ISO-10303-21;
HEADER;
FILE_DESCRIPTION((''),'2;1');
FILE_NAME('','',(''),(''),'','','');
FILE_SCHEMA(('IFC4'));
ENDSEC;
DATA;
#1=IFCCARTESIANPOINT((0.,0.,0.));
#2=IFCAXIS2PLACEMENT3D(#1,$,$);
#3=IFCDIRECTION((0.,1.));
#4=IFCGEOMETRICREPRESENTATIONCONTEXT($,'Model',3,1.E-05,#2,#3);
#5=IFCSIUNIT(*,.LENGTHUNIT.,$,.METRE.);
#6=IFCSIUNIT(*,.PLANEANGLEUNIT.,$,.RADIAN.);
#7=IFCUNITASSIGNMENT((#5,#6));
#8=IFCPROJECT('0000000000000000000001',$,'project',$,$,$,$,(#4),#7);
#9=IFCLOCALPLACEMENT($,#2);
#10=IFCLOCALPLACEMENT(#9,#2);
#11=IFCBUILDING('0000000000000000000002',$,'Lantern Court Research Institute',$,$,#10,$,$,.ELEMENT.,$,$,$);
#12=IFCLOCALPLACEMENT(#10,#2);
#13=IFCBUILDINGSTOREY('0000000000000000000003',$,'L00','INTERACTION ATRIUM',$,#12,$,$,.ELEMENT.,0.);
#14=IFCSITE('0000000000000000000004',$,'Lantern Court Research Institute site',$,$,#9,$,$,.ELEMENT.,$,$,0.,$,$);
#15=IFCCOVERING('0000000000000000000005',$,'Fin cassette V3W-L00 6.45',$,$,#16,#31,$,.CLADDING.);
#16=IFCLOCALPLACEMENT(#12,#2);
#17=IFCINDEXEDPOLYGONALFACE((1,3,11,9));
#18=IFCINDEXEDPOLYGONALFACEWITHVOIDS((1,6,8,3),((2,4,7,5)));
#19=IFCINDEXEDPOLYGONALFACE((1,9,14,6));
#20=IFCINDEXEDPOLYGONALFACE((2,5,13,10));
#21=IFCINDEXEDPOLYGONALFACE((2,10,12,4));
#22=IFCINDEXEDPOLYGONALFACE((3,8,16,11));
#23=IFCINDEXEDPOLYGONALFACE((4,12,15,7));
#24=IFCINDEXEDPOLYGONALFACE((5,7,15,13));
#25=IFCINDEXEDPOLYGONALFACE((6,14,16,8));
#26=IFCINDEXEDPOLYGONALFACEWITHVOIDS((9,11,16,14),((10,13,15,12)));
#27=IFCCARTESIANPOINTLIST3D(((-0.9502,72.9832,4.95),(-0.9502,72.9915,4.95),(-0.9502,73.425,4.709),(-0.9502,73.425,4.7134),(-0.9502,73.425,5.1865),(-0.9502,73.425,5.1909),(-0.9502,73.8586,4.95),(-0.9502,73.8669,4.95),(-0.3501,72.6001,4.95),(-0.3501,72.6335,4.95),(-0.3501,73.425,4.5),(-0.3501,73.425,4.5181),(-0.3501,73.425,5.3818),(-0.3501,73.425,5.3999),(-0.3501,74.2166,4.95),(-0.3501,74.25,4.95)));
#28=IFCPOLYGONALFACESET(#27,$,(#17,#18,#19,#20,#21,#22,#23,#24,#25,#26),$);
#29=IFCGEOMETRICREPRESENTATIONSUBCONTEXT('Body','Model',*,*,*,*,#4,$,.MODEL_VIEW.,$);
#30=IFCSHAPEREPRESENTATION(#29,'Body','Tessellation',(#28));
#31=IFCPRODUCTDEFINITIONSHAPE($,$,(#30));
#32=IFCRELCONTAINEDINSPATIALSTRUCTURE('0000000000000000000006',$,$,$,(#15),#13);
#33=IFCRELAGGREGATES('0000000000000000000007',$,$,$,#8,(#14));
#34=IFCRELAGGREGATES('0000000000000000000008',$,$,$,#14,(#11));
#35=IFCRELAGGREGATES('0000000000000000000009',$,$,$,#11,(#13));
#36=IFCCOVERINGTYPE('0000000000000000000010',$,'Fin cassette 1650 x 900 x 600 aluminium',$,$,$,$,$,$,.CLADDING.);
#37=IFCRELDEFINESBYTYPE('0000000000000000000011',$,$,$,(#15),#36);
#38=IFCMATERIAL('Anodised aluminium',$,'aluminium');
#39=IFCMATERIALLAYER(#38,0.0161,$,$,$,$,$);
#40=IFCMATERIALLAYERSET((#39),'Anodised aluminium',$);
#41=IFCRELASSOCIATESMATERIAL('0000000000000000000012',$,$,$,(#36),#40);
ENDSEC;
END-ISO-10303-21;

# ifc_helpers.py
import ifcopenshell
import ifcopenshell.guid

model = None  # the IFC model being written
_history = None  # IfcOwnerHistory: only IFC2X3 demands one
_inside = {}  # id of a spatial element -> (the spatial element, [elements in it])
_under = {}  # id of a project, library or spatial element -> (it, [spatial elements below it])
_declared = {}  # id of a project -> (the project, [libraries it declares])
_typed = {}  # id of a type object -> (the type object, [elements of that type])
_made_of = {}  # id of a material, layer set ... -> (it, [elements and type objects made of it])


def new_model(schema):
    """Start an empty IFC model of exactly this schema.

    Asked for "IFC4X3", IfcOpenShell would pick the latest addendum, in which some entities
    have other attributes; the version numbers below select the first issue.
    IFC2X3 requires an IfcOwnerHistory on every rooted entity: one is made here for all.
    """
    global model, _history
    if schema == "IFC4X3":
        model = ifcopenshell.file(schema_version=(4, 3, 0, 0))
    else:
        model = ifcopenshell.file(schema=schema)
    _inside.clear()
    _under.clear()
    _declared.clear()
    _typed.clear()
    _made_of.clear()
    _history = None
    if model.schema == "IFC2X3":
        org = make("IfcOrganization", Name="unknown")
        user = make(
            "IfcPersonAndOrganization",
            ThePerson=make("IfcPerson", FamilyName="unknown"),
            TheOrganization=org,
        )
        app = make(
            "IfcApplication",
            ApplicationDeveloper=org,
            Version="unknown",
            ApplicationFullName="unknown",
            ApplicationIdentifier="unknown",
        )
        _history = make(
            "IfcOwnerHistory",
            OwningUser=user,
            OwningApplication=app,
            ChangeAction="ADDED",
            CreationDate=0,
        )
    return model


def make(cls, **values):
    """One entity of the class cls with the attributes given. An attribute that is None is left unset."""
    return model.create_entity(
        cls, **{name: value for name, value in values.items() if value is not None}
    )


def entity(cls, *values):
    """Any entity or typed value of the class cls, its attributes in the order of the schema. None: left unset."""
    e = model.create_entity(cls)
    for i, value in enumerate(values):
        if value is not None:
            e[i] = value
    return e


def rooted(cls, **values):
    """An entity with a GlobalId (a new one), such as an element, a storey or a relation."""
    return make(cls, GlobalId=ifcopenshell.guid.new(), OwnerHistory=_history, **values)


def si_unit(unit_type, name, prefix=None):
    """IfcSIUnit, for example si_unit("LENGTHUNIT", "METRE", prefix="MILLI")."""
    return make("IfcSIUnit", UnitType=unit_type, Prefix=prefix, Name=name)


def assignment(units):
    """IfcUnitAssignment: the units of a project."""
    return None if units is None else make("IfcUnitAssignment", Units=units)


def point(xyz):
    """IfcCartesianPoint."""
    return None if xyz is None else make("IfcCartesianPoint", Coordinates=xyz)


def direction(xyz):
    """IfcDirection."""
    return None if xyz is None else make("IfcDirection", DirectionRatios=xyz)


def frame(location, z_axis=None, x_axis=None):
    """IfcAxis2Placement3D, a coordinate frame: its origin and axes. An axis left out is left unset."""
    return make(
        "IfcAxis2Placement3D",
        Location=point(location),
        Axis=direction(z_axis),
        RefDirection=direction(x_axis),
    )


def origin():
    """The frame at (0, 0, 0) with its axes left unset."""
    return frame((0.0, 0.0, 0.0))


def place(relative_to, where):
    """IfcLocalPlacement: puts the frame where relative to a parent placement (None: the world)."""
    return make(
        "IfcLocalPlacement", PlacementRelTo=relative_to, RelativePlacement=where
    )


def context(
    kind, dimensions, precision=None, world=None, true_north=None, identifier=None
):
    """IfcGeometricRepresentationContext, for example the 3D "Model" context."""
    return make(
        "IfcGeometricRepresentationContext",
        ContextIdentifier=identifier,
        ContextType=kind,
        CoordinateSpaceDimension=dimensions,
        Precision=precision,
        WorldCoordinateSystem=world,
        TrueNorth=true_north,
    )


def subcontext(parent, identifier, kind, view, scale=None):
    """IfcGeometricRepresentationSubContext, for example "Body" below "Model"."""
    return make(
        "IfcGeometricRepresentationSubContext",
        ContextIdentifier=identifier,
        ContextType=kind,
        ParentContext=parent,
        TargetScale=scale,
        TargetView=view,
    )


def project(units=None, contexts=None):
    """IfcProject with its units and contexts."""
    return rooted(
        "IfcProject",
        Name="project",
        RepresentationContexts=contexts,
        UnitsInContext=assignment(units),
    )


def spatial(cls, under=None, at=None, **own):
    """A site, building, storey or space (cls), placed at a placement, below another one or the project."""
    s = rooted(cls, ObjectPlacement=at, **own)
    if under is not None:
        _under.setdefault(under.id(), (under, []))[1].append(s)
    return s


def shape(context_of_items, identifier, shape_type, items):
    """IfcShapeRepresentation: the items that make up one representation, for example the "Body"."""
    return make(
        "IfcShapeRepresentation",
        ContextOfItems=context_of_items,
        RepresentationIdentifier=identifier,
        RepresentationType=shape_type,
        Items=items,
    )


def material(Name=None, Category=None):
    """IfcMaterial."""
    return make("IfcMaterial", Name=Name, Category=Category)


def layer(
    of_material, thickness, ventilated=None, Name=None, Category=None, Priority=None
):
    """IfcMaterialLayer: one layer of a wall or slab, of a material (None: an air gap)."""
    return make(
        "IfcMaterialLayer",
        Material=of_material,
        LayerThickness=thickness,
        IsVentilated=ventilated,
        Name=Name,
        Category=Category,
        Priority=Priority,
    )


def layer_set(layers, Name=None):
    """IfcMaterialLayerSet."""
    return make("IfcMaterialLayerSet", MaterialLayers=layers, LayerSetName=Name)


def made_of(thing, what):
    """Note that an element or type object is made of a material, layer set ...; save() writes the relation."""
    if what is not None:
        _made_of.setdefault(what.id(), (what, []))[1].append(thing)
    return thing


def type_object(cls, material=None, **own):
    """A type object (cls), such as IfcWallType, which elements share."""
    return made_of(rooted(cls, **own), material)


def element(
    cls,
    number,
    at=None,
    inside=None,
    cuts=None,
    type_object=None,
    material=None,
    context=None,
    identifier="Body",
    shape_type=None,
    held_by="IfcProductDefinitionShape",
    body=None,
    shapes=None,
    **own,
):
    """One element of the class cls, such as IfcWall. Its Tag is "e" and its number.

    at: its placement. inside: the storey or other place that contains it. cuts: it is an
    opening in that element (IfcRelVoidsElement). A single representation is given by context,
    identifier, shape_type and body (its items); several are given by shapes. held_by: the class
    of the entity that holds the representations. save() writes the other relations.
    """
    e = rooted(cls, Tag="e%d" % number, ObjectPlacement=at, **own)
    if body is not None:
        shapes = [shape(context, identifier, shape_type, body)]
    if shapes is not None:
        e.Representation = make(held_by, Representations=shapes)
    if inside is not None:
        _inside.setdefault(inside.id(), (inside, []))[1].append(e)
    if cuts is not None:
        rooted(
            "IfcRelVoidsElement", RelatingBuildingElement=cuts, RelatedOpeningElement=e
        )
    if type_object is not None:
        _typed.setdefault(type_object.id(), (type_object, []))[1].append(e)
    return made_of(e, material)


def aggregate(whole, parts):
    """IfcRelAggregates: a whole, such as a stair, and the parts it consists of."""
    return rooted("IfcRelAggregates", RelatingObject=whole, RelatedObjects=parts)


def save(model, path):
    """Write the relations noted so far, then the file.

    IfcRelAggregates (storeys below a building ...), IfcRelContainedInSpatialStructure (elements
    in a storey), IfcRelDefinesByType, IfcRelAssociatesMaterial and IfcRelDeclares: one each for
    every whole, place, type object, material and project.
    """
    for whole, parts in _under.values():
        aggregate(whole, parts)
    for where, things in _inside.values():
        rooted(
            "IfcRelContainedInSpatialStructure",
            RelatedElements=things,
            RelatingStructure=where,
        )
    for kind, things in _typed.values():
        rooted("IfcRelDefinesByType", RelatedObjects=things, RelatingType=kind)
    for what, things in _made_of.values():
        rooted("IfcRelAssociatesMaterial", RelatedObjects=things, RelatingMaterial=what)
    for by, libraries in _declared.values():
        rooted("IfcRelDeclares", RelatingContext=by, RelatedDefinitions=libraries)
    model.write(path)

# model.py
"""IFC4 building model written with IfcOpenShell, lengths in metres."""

from ifc_helpers import new_model, entity, si_unit, direction, frame, origin, place, context, subcontext, project, spatial, material, layer, layer_set, type_object, element, save


model = new_model("IFC4")

# Units and contexts
model_context = context("Model", 3, precision=1e-05, world=origin(), true_north=direction((0.0, 1.0)))
body_context = subcontext(model_context, "Body", "Model", "MODEL_VIEW")
ifc_project = project(units=[si_unit("LENGTHUNIT", "METRE"), si_unit("PLANEANGLEUNIT", "RADIAN")], contexts=[model_context])

# Site, building, storey
site_placement = place(None, origin())
site = spatial("IfcSite", under=ifc_project, at=site_placement, Name="Lantern Court Research Institute site", CompositionType="ELEMENT", RefElevation=0.0)
building_placement = place(site_placement, origin())
building = spatial("IfcBuilding", under=site, at=building_placement, Name="Lantern Court Research Institute", CompositionType="ELEMENT")
storey_placement = place(building_placement, origin())
storey = spatial("IfcBuildingStorey", under=building, at=storey_placement, Name="L00", Description="INTERACTION ATRIUM", CompositionType="ELEMENT", Elevation=0.0)

# Covering
ifc_material_1 = material(Name="Anodised aluminium", Category="aluminium")
ifc_layer_1 = layer(ifc_material_1, 0.0161)
ifc_layer_set_1 = layer_set([ifc_layer_1], Name="Anodised aluminium")
covering_type_1 = type_object("IfcCoveringType", Name="Fin cassette 1650 x 900 x 600 aluminium", PredefinedType="CLADDING", material=ifc_layer_set_1)
covering_1_placement = place(storey_placement, frame((-0.3501, 73.425, 4.95), z_axis=(-1.0, 0.0, 0.0), x_axis=(0.0, -1.0, 0.0)))
cartesian_point_1 = entity("IfcCartesianPoint", [0.825, 0.0])
cartesian_point_2 = entity("IfcCartesianPoint", [0.7915, 0.0])
cartesian_point_3 = entity("IfcCartesianPoint", [0.4419, 0.0])
cartesian_point_4 = entity("IfcCartesianPoint", [0.4336, 0.0])
element("IfcCovering", 1, at=covering_1_placement, inside=storey, type_object=covering_type_1, Name="Fin cassette V3W-L00 6.45", PredefinedType="CLADDING", context=body_context, shape_type="SweptSolid", body=[
    entity("IfcExtrudedAreaSolidTapered", entity("IfcArbitraryProfileDefWithVoids", "AREA", None, entity("IfcPolyline", [cartesian_point_1, entity("IfcCartesianPoint", [0.0, 0.45]), entity("IfcCartesianPoint", [-0.825, 0.0]), entity("IfcCartesianPoint", [0.0, -0.45]), cartesian_point_1]), [entity("IfcPolyline", [cartesian_point_2, entity("IfcCartesianPoint", [0.0, 0.4319]), entity("IfcCartesianPoint", [-0.7915, 0.0]), entity("IfcCartesianPoint", [0.0, -0.4319]), cartesian_point_2])]), entity("IfcAxis2Placement3D", entity("IfcCartesianPoint", [0.0, 0.0, 0.0])), entity("IfcDirection", [0.0, 0.0, 1.0]), 0.6001, entity("IfcArbitraryProfileDefWithVoids", "AREA", None, entity("IfcPolyline", [cartesian_point_3, entity("IfcCartesianPoint", [0.0, 0.241]), entity("IfcCartesianPoint", [-0.4419, 0.0]), entity("IfcCartesianPoint", [0.0, -0.241]), cartesian_point_3]), [entity("IfcPolyline", [cartesian_point_4, entity("IfcCartesianPoint", [0.0, 0.2366]), entity("IfcCartesianPoint", [-0.4336, 0.0]), entity("IfcCartesianPoint", [0.0, -0.2366]), cartesian_point_4])])),
])

save(model, "model.ifc")
